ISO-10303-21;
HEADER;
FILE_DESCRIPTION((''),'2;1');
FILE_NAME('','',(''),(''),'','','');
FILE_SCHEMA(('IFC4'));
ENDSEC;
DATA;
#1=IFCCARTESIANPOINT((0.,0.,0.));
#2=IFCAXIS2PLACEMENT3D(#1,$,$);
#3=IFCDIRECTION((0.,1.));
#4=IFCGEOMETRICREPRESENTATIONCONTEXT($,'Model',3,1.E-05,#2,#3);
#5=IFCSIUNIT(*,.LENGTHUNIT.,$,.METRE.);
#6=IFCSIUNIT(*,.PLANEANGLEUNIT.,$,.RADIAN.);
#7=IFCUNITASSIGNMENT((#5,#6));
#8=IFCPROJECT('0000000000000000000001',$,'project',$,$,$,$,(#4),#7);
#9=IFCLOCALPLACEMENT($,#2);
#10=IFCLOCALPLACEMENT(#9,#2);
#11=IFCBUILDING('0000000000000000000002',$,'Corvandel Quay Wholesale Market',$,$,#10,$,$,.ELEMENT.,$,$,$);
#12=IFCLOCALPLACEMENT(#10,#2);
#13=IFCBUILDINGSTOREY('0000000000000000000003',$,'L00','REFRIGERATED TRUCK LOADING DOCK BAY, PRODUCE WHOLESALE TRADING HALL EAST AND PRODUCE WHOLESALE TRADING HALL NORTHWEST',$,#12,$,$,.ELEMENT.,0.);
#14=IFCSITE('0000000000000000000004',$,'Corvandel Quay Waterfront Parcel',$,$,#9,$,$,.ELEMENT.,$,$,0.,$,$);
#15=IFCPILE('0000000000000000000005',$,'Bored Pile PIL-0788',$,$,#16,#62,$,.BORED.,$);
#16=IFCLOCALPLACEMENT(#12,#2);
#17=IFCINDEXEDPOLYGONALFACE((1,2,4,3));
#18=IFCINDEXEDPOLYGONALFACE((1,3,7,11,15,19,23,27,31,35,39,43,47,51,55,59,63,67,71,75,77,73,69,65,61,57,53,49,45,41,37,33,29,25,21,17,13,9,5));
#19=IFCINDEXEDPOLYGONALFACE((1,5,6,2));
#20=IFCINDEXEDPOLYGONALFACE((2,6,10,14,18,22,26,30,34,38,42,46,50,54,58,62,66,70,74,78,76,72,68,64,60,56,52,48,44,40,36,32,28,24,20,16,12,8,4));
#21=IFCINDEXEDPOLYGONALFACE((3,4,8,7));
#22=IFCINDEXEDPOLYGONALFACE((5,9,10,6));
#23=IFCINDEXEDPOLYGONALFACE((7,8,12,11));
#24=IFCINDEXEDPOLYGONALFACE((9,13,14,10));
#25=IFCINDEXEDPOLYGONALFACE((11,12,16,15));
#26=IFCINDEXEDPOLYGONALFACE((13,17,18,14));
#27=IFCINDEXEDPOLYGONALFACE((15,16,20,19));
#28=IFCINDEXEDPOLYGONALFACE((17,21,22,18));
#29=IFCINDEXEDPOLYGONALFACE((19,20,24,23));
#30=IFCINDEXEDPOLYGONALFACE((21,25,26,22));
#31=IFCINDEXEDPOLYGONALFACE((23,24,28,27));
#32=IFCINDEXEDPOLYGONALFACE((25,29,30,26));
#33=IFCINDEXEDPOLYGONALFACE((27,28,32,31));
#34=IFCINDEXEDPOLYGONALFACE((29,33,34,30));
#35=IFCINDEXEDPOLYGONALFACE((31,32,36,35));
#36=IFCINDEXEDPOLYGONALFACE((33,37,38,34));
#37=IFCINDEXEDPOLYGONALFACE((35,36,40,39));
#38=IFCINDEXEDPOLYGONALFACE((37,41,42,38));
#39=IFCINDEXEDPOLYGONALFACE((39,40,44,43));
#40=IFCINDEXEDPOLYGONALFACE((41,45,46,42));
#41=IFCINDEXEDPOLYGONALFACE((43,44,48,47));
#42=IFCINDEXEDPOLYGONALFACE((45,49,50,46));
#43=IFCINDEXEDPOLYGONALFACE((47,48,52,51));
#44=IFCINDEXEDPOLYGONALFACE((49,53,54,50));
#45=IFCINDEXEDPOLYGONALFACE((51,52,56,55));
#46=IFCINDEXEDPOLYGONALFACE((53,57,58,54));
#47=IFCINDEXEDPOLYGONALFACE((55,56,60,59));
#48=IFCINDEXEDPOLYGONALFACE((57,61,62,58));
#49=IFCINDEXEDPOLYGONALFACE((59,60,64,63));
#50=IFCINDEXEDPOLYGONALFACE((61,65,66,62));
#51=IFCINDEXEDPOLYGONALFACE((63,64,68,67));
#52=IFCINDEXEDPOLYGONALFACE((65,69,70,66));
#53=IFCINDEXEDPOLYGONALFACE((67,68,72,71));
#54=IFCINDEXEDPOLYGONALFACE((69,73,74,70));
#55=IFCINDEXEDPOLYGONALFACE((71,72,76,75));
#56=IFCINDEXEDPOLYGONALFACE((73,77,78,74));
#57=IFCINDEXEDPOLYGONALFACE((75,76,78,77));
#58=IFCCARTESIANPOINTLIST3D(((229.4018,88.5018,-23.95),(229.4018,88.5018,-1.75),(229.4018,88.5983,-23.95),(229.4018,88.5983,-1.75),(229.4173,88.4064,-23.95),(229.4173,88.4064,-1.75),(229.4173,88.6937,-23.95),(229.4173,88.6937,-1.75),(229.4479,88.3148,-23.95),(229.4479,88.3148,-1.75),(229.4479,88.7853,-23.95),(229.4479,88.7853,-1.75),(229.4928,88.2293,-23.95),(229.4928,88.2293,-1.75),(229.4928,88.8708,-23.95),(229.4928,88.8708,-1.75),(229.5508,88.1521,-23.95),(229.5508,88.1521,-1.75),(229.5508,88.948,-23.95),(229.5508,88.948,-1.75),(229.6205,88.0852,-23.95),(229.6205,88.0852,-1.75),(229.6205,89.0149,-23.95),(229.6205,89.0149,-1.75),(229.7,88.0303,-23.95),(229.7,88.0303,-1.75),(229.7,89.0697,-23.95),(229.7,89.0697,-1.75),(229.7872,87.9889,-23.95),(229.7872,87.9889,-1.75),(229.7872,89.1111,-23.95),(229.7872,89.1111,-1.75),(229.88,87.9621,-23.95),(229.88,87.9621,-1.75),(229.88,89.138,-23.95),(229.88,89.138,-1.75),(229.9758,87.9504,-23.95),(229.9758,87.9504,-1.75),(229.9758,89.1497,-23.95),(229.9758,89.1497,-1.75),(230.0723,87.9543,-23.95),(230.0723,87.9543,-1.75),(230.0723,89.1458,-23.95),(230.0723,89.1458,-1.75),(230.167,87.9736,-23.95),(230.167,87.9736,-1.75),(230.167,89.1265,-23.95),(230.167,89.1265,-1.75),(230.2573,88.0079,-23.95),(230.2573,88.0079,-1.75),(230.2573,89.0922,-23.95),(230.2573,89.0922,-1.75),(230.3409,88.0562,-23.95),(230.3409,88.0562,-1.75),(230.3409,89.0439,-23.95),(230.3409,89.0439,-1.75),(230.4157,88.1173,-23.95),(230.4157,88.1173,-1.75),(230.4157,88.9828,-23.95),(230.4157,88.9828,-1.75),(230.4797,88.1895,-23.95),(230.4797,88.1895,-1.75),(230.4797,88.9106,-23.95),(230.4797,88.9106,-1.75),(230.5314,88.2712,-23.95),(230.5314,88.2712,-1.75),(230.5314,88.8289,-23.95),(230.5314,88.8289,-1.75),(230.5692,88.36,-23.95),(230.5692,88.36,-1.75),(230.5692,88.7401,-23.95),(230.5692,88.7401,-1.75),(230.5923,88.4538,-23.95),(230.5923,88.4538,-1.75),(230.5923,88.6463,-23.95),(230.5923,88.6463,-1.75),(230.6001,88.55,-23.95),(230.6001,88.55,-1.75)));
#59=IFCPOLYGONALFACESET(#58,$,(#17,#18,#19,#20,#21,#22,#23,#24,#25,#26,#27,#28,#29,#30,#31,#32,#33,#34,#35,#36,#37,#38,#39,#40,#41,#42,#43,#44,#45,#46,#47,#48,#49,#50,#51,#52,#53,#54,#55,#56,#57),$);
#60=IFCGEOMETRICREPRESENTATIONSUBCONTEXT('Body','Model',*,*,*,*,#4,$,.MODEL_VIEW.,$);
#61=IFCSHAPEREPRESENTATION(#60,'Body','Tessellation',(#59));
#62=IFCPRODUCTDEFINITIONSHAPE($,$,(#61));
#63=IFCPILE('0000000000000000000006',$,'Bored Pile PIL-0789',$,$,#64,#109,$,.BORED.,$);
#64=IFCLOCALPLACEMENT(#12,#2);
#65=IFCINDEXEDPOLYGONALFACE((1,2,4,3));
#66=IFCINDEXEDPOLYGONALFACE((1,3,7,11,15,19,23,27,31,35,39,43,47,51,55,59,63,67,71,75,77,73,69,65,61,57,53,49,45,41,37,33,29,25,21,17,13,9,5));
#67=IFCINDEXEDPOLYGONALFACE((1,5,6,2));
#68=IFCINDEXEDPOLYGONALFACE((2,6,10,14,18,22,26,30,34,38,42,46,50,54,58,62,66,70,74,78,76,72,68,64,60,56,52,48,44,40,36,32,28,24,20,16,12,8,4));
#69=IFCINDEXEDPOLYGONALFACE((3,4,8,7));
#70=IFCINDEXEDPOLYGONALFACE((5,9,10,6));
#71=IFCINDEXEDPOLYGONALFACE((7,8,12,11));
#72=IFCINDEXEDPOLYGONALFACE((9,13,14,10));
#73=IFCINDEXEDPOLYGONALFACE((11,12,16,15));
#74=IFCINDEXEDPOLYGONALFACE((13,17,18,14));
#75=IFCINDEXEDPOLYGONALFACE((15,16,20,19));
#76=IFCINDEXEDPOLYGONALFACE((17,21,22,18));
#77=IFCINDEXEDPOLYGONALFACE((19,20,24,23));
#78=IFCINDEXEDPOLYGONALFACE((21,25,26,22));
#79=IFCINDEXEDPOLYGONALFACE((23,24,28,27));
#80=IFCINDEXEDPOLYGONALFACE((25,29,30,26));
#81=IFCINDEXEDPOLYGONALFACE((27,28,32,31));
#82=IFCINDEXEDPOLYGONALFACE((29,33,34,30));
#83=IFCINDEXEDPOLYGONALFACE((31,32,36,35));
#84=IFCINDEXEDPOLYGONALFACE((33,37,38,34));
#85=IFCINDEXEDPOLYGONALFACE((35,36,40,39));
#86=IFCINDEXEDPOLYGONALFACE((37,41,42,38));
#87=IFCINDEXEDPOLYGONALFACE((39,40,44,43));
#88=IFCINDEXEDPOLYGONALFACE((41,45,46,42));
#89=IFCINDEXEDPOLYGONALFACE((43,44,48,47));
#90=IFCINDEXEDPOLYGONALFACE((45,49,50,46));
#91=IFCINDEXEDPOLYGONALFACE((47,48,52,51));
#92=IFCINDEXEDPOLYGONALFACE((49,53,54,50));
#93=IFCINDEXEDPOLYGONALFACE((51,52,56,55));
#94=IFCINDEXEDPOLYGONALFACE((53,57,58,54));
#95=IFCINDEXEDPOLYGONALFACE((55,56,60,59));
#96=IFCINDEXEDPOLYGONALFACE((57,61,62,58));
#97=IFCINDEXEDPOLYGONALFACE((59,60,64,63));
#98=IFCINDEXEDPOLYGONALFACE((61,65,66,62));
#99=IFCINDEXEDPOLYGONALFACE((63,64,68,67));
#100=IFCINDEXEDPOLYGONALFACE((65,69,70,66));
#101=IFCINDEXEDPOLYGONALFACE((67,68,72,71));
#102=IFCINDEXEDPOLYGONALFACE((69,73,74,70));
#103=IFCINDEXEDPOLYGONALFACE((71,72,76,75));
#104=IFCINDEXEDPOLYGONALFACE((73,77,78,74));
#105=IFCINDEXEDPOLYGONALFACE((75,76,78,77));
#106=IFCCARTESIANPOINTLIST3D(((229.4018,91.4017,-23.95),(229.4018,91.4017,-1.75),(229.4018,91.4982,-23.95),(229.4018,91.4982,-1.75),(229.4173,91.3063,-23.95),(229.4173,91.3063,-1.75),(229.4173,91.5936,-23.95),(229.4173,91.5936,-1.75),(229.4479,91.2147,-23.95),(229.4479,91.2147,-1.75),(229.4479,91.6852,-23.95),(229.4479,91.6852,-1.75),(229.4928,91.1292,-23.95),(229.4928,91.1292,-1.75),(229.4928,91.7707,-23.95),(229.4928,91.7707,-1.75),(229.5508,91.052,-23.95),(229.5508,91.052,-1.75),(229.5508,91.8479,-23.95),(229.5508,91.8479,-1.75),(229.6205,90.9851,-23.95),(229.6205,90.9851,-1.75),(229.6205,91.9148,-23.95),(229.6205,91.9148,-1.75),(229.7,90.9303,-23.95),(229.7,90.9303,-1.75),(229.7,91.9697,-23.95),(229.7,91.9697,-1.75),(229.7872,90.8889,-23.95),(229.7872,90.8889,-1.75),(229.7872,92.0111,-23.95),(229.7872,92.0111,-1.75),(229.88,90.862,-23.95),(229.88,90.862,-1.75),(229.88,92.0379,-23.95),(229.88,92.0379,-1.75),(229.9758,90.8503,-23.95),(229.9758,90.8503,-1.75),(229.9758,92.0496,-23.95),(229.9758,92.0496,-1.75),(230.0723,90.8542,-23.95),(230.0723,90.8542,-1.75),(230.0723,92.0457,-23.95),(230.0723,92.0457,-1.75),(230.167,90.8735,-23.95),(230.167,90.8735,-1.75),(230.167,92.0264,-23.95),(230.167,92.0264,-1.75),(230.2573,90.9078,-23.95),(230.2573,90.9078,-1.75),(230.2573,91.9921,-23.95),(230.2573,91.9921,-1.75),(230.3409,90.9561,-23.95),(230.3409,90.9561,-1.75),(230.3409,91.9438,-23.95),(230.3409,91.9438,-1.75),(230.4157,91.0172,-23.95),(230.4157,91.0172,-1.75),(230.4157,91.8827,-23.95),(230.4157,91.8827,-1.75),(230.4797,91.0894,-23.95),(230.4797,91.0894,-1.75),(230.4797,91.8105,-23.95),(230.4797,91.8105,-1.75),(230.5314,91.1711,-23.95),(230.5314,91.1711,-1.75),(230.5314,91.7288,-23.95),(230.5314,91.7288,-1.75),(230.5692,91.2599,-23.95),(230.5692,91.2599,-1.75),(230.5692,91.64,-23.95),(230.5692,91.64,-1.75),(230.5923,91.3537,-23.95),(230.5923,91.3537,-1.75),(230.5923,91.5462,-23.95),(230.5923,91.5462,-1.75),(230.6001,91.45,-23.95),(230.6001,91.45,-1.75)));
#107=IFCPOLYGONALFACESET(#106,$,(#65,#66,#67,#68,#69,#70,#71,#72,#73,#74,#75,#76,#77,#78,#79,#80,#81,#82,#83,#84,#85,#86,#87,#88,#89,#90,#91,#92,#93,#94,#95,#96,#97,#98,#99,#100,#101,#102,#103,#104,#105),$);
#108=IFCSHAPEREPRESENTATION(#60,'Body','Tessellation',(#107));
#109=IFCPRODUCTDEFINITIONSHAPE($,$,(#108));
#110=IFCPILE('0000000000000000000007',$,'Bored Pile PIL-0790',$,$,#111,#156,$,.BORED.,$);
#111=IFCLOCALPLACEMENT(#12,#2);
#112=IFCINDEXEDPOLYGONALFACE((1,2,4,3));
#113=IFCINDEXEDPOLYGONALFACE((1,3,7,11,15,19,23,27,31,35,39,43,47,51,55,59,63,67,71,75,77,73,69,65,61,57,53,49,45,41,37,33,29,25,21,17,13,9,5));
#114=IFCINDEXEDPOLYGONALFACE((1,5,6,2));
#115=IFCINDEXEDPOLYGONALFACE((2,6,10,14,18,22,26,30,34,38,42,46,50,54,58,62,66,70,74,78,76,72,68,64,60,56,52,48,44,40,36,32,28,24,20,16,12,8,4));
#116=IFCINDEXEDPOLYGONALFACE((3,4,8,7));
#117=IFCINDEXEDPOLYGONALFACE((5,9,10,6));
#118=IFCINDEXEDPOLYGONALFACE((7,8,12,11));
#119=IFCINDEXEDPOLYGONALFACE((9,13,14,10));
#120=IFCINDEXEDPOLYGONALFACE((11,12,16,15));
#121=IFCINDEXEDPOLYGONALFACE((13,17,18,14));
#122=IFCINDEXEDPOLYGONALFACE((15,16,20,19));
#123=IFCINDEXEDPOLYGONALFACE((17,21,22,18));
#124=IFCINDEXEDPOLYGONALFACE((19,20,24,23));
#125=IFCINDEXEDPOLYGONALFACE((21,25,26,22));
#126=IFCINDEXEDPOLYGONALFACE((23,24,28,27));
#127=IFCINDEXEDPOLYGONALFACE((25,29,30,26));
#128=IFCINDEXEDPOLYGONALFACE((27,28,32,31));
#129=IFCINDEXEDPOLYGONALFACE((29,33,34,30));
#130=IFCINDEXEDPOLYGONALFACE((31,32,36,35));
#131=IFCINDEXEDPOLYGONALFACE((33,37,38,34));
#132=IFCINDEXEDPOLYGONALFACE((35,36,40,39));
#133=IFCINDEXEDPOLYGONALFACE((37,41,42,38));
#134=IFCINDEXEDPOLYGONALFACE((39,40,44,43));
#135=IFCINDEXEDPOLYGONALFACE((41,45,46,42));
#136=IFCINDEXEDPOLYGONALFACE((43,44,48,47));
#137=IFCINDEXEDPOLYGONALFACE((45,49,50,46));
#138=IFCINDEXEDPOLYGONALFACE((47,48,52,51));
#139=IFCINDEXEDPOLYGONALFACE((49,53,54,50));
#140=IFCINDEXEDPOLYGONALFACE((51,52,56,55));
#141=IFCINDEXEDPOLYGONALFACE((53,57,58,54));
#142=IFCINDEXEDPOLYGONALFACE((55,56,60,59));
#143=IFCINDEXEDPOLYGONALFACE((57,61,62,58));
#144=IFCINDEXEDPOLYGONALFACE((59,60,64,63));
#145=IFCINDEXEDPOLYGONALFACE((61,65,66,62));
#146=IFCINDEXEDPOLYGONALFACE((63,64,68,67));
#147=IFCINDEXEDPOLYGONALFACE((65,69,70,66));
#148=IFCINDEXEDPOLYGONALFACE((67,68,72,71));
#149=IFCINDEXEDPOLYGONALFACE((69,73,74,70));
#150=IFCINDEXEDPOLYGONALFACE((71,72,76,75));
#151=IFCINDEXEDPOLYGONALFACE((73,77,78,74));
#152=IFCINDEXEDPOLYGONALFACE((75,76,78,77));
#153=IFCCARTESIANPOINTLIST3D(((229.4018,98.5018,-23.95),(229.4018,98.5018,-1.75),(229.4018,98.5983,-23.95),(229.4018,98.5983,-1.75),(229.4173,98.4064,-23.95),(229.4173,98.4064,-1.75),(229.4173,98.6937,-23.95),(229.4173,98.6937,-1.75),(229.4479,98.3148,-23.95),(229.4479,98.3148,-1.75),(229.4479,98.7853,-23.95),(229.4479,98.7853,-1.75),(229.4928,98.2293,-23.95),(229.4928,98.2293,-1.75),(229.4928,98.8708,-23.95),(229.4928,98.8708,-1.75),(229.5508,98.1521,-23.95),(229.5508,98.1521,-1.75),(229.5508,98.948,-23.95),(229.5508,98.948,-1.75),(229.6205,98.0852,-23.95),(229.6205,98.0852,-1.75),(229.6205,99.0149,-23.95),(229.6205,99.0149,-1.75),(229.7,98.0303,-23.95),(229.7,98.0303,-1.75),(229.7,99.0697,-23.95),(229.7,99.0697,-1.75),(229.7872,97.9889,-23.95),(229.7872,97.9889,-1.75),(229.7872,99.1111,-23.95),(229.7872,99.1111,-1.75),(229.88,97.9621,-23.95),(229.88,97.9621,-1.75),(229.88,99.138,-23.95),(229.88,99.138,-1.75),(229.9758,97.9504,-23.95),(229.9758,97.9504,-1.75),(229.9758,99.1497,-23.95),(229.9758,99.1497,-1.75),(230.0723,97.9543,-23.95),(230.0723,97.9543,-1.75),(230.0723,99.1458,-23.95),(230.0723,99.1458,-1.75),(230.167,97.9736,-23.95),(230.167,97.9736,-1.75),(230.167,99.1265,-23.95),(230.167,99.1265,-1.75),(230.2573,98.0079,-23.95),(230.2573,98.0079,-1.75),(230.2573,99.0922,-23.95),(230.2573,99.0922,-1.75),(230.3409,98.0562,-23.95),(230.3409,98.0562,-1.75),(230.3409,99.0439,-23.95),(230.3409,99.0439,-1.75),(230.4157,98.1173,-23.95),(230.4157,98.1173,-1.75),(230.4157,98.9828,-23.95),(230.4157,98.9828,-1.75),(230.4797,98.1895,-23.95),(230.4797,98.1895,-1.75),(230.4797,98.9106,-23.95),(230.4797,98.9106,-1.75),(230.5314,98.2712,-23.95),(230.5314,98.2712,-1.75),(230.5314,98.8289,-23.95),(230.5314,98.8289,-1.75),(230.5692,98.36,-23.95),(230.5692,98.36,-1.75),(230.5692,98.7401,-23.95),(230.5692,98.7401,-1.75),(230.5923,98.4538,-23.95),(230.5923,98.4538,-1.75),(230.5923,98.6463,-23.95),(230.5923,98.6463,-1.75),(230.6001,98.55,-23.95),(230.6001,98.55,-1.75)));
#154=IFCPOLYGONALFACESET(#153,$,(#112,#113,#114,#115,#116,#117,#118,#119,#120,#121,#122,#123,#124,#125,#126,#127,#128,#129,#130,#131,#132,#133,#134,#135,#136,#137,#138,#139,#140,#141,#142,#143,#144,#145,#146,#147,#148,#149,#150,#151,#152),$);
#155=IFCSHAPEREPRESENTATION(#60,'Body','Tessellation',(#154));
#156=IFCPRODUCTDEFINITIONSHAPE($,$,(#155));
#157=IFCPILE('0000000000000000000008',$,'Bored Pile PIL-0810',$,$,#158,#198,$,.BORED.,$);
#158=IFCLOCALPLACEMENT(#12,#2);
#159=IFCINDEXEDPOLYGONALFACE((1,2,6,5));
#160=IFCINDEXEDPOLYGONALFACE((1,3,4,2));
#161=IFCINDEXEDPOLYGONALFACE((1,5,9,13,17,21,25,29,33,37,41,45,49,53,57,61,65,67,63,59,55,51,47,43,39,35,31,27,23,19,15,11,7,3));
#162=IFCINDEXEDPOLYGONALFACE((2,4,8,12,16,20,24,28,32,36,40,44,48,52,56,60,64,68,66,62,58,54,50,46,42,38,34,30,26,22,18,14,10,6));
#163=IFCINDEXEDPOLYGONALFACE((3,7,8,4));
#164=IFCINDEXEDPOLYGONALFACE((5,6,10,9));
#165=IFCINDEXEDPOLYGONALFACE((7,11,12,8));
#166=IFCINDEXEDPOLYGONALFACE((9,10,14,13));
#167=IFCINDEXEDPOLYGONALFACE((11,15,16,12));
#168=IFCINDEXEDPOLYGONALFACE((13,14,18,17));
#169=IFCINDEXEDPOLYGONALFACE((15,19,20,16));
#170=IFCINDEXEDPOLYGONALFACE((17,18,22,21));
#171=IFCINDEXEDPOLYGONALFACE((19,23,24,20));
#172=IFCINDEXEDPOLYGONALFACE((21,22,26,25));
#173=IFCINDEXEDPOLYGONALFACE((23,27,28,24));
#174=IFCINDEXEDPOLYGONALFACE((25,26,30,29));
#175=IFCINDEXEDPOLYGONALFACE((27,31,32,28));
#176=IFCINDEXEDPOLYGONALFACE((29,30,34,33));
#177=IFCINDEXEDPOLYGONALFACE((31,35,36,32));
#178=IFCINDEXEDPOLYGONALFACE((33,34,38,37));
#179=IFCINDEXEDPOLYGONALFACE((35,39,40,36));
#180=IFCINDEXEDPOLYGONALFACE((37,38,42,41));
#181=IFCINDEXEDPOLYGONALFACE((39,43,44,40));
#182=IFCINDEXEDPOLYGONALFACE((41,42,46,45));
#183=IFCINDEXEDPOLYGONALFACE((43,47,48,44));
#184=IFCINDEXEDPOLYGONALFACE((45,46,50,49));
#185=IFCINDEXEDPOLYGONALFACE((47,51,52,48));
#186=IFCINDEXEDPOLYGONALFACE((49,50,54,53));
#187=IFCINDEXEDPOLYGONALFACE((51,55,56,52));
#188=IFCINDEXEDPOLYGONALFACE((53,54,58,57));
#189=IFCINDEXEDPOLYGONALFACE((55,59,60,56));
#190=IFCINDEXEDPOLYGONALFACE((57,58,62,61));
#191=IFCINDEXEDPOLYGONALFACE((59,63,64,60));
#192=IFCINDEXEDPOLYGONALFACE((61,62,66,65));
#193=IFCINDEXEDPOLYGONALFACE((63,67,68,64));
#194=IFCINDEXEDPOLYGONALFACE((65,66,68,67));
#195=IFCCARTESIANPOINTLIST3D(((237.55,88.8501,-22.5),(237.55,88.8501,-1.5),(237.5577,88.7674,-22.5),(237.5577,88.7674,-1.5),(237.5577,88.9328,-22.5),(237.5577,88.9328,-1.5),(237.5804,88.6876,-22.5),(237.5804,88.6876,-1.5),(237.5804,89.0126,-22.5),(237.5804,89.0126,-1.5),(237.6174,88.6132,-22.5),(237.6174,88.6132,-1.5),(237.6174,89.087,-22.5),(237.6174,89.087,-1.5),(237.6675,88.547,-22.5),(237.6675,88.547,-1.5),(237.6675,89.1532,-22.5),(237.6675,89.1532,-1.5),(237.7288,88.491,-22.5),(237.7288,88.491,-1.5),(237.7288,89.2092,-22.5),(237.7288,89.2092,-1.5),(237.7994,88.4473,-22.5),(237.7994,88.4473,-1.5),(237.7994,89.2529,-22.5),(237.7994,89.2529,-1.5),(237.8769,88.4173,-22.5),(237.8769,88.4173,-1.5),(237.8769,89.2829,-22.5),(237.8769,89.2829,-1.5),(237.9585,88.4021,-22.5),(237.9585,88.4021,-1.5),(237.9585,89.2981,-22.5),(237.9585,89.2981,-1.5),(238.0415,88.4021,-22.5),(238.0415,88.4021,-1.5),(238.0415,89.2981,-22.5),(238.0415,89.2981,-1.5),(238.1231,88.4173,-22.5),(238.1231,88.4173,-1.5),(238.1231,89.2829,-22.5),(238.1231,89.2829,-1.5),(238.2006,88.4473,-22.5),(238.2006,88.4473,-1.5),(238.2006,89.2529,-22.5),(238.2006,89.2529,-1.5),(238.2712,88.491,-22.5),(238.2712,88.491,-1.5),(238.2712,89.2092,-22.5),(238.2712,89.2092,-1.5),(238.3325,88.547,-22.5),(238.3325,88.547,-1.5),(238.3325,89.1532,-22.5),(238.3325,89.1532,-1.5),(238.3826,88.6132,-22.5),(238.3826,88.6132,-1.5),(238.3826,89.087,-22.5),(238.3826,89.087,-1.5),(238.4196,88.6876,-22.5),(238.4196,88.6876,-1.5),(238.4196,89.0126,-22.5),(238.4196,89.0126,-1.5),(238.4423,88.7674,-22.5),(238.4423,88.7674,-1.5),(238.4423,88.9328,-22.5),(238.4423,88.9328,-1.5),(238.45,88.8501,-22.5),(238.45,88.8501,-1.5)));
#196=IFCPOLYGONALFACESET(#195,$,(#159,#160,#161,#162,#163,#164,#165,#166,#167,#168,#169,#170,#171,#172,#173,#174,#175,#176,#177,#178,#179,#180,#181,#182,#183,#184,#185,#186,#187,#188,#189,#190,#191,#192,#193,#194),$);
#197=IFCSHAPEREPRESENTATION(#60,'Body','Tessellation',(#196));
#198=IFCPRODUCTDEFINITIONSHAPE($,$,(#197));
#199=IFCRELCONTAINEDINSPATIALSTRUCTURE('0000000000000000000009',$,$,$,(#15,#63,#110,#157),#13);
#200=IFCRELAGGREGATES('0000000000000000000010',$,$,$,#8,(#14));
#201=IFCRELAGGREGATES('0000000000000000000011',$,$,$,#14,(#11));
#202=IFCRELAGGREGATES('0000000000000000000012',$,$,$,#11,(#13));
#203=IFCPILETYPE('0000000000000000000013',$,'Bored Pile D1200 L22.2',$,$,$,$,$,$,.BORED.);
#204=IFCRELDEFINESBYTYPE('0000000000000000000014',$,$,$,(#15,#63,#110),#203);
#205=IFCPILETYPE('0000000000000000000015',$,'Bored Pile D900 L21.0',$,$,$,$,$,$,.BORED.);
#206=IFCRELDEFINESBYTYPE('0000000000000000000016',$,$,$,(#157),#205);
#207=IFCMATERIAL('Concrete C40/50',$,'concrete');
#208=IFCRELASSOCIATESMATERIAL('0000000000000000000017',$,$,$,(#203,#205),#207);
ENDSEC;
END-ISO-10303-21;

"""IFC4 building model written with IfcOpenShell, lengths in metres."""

from ifc_helpers import new_model, si_unit, direction, frame, origin, origin_2d, place, context, subcontext, project, spatial, circle, extrude, material, material_profile, profile_set, type_object, element, save


model = new_model("IFC4")

# Units and contexts
model_context = context("Model", 3, precision=1e-05, world=origin(), true_north=direction((0.0, 1.0)))
body_context = subcontext(model_context, "Body", "Model", "MODEL_VIEW")
ifc_project = project(units=[si_unit("LENGTHUNIT", "METRE"), si_unit("PLANEANGLEUNIT", "RADIAN")], contexts=[model_context])

# Site, building, storey
site_placement = place(None, origin())
site = spatial("IfcSite", under=ifc_project, at=site_placement, Name="Corvandel Quay Waterfront Parcel", CompositionType="ELEMENT", RefElevation=0.0)
building_placement = place(site_placement, origin())
building = spatial("IfcBuilding", under=site, at=building_placement, Name="Corvandel Quay Wholesale Market", CompositionType="ELEMENT")
storey_placement = place(building_placement, origin())
storey = spatial("IfcBuildingStorey", under=building, at=storey_placement, Name="L00", Description="REFRIGERATED TRUCK LOADING DOCK BAY, PRODUCE WHOLESALE TRADING HALL EAST AND PRODUCE WHOLESALE TRADING HALL NORTHWEST", CompositionType="ELEMENT", Elevation=0.0)

# Piles
ifc_material_1 = material(Name="Concrete C40/50", Category="concrete")
ifc_material_profile_1 = material_profile(ifc_material_1, circle(Radius=0.6001, at=origin_2d()), Name="RC-PILE-D1200")
ifc_profile_set_1 = profile_set([ifc_material_profile_1], Name="Concrete C40/50")
pile_type_1 = type_object("IfcPileType", Name="Bored Pile D1200 L22.2", PredefinedType="BORED", material=ifc_profile_set_1)
for number, where, z_axis, x_axis, name in (
    (1, (230.0, 88.55, -1.75), (0.0, 0.0, -1.0), (1.0, 0.0, 0.0), "Bored Pile PIL-0788"),
    (2, (230.0, 91.45, -1.75), (0.0, 0.0, -1.0), (1.0, 0.0, 0.0), "Bored Pile PIL-0789"),
    (3, (230.0, 98.55, -1.75), (0.0, 0.0, -1.0), (1.0, 0.0, 0.0), "Bored Pile PIL-0790"),
):
    element("IfcPile", number, at=place(storey_placement, frame(where, z_axis=z_axis, x_axis=x_axis)), inside=storey, type_object=pile_type_1, Name=name, PredefinedType="BORED", context=body_context, shape_type="SweptSolid", body=[
        extrude(circle(Radius=0.6001, at=origin_2d()), origin(), (0.0, 0.0, 1.0), 22.2),
    ])
ifc_material_profile_2 = material_profile(ifc_material_1, circle(Radius=0.45, at=origin_2d()), Name="RC-PILE-D900")
ifc_profile_set_2 = profile_set([ifc_material_profile_2], Name="Concrete C40/50")
pile_type_2 = type_object("IfcPileType", Name="Bored Pile D900 L21.0", PredefinedType="BORED", material=ifc_profile_set_2)
for number, where, z_axis, x_axis, name in (
    (4, (238.0, 88.8501, -1.5), (0.0, 0.0, -1.0), (1.0, 0.0, 0.0), "Bored Pile PIL-0810"),
):
    element("IfcPile", number, at=place(storey_placement, frame(where, z_axis=z_axis, x_axis=x_axis)), inside=storey, type_object=pile_type_2, Name=name, PredefinedType="BORED", context=body_context, shape_type="SweptSolid", body=[
        extrude(circle(Radius=0.45, at=origin_2d()), origin(), (0.0, 0.0, 1.0), 21.0),
    ])

save(model, "model.ifc")
